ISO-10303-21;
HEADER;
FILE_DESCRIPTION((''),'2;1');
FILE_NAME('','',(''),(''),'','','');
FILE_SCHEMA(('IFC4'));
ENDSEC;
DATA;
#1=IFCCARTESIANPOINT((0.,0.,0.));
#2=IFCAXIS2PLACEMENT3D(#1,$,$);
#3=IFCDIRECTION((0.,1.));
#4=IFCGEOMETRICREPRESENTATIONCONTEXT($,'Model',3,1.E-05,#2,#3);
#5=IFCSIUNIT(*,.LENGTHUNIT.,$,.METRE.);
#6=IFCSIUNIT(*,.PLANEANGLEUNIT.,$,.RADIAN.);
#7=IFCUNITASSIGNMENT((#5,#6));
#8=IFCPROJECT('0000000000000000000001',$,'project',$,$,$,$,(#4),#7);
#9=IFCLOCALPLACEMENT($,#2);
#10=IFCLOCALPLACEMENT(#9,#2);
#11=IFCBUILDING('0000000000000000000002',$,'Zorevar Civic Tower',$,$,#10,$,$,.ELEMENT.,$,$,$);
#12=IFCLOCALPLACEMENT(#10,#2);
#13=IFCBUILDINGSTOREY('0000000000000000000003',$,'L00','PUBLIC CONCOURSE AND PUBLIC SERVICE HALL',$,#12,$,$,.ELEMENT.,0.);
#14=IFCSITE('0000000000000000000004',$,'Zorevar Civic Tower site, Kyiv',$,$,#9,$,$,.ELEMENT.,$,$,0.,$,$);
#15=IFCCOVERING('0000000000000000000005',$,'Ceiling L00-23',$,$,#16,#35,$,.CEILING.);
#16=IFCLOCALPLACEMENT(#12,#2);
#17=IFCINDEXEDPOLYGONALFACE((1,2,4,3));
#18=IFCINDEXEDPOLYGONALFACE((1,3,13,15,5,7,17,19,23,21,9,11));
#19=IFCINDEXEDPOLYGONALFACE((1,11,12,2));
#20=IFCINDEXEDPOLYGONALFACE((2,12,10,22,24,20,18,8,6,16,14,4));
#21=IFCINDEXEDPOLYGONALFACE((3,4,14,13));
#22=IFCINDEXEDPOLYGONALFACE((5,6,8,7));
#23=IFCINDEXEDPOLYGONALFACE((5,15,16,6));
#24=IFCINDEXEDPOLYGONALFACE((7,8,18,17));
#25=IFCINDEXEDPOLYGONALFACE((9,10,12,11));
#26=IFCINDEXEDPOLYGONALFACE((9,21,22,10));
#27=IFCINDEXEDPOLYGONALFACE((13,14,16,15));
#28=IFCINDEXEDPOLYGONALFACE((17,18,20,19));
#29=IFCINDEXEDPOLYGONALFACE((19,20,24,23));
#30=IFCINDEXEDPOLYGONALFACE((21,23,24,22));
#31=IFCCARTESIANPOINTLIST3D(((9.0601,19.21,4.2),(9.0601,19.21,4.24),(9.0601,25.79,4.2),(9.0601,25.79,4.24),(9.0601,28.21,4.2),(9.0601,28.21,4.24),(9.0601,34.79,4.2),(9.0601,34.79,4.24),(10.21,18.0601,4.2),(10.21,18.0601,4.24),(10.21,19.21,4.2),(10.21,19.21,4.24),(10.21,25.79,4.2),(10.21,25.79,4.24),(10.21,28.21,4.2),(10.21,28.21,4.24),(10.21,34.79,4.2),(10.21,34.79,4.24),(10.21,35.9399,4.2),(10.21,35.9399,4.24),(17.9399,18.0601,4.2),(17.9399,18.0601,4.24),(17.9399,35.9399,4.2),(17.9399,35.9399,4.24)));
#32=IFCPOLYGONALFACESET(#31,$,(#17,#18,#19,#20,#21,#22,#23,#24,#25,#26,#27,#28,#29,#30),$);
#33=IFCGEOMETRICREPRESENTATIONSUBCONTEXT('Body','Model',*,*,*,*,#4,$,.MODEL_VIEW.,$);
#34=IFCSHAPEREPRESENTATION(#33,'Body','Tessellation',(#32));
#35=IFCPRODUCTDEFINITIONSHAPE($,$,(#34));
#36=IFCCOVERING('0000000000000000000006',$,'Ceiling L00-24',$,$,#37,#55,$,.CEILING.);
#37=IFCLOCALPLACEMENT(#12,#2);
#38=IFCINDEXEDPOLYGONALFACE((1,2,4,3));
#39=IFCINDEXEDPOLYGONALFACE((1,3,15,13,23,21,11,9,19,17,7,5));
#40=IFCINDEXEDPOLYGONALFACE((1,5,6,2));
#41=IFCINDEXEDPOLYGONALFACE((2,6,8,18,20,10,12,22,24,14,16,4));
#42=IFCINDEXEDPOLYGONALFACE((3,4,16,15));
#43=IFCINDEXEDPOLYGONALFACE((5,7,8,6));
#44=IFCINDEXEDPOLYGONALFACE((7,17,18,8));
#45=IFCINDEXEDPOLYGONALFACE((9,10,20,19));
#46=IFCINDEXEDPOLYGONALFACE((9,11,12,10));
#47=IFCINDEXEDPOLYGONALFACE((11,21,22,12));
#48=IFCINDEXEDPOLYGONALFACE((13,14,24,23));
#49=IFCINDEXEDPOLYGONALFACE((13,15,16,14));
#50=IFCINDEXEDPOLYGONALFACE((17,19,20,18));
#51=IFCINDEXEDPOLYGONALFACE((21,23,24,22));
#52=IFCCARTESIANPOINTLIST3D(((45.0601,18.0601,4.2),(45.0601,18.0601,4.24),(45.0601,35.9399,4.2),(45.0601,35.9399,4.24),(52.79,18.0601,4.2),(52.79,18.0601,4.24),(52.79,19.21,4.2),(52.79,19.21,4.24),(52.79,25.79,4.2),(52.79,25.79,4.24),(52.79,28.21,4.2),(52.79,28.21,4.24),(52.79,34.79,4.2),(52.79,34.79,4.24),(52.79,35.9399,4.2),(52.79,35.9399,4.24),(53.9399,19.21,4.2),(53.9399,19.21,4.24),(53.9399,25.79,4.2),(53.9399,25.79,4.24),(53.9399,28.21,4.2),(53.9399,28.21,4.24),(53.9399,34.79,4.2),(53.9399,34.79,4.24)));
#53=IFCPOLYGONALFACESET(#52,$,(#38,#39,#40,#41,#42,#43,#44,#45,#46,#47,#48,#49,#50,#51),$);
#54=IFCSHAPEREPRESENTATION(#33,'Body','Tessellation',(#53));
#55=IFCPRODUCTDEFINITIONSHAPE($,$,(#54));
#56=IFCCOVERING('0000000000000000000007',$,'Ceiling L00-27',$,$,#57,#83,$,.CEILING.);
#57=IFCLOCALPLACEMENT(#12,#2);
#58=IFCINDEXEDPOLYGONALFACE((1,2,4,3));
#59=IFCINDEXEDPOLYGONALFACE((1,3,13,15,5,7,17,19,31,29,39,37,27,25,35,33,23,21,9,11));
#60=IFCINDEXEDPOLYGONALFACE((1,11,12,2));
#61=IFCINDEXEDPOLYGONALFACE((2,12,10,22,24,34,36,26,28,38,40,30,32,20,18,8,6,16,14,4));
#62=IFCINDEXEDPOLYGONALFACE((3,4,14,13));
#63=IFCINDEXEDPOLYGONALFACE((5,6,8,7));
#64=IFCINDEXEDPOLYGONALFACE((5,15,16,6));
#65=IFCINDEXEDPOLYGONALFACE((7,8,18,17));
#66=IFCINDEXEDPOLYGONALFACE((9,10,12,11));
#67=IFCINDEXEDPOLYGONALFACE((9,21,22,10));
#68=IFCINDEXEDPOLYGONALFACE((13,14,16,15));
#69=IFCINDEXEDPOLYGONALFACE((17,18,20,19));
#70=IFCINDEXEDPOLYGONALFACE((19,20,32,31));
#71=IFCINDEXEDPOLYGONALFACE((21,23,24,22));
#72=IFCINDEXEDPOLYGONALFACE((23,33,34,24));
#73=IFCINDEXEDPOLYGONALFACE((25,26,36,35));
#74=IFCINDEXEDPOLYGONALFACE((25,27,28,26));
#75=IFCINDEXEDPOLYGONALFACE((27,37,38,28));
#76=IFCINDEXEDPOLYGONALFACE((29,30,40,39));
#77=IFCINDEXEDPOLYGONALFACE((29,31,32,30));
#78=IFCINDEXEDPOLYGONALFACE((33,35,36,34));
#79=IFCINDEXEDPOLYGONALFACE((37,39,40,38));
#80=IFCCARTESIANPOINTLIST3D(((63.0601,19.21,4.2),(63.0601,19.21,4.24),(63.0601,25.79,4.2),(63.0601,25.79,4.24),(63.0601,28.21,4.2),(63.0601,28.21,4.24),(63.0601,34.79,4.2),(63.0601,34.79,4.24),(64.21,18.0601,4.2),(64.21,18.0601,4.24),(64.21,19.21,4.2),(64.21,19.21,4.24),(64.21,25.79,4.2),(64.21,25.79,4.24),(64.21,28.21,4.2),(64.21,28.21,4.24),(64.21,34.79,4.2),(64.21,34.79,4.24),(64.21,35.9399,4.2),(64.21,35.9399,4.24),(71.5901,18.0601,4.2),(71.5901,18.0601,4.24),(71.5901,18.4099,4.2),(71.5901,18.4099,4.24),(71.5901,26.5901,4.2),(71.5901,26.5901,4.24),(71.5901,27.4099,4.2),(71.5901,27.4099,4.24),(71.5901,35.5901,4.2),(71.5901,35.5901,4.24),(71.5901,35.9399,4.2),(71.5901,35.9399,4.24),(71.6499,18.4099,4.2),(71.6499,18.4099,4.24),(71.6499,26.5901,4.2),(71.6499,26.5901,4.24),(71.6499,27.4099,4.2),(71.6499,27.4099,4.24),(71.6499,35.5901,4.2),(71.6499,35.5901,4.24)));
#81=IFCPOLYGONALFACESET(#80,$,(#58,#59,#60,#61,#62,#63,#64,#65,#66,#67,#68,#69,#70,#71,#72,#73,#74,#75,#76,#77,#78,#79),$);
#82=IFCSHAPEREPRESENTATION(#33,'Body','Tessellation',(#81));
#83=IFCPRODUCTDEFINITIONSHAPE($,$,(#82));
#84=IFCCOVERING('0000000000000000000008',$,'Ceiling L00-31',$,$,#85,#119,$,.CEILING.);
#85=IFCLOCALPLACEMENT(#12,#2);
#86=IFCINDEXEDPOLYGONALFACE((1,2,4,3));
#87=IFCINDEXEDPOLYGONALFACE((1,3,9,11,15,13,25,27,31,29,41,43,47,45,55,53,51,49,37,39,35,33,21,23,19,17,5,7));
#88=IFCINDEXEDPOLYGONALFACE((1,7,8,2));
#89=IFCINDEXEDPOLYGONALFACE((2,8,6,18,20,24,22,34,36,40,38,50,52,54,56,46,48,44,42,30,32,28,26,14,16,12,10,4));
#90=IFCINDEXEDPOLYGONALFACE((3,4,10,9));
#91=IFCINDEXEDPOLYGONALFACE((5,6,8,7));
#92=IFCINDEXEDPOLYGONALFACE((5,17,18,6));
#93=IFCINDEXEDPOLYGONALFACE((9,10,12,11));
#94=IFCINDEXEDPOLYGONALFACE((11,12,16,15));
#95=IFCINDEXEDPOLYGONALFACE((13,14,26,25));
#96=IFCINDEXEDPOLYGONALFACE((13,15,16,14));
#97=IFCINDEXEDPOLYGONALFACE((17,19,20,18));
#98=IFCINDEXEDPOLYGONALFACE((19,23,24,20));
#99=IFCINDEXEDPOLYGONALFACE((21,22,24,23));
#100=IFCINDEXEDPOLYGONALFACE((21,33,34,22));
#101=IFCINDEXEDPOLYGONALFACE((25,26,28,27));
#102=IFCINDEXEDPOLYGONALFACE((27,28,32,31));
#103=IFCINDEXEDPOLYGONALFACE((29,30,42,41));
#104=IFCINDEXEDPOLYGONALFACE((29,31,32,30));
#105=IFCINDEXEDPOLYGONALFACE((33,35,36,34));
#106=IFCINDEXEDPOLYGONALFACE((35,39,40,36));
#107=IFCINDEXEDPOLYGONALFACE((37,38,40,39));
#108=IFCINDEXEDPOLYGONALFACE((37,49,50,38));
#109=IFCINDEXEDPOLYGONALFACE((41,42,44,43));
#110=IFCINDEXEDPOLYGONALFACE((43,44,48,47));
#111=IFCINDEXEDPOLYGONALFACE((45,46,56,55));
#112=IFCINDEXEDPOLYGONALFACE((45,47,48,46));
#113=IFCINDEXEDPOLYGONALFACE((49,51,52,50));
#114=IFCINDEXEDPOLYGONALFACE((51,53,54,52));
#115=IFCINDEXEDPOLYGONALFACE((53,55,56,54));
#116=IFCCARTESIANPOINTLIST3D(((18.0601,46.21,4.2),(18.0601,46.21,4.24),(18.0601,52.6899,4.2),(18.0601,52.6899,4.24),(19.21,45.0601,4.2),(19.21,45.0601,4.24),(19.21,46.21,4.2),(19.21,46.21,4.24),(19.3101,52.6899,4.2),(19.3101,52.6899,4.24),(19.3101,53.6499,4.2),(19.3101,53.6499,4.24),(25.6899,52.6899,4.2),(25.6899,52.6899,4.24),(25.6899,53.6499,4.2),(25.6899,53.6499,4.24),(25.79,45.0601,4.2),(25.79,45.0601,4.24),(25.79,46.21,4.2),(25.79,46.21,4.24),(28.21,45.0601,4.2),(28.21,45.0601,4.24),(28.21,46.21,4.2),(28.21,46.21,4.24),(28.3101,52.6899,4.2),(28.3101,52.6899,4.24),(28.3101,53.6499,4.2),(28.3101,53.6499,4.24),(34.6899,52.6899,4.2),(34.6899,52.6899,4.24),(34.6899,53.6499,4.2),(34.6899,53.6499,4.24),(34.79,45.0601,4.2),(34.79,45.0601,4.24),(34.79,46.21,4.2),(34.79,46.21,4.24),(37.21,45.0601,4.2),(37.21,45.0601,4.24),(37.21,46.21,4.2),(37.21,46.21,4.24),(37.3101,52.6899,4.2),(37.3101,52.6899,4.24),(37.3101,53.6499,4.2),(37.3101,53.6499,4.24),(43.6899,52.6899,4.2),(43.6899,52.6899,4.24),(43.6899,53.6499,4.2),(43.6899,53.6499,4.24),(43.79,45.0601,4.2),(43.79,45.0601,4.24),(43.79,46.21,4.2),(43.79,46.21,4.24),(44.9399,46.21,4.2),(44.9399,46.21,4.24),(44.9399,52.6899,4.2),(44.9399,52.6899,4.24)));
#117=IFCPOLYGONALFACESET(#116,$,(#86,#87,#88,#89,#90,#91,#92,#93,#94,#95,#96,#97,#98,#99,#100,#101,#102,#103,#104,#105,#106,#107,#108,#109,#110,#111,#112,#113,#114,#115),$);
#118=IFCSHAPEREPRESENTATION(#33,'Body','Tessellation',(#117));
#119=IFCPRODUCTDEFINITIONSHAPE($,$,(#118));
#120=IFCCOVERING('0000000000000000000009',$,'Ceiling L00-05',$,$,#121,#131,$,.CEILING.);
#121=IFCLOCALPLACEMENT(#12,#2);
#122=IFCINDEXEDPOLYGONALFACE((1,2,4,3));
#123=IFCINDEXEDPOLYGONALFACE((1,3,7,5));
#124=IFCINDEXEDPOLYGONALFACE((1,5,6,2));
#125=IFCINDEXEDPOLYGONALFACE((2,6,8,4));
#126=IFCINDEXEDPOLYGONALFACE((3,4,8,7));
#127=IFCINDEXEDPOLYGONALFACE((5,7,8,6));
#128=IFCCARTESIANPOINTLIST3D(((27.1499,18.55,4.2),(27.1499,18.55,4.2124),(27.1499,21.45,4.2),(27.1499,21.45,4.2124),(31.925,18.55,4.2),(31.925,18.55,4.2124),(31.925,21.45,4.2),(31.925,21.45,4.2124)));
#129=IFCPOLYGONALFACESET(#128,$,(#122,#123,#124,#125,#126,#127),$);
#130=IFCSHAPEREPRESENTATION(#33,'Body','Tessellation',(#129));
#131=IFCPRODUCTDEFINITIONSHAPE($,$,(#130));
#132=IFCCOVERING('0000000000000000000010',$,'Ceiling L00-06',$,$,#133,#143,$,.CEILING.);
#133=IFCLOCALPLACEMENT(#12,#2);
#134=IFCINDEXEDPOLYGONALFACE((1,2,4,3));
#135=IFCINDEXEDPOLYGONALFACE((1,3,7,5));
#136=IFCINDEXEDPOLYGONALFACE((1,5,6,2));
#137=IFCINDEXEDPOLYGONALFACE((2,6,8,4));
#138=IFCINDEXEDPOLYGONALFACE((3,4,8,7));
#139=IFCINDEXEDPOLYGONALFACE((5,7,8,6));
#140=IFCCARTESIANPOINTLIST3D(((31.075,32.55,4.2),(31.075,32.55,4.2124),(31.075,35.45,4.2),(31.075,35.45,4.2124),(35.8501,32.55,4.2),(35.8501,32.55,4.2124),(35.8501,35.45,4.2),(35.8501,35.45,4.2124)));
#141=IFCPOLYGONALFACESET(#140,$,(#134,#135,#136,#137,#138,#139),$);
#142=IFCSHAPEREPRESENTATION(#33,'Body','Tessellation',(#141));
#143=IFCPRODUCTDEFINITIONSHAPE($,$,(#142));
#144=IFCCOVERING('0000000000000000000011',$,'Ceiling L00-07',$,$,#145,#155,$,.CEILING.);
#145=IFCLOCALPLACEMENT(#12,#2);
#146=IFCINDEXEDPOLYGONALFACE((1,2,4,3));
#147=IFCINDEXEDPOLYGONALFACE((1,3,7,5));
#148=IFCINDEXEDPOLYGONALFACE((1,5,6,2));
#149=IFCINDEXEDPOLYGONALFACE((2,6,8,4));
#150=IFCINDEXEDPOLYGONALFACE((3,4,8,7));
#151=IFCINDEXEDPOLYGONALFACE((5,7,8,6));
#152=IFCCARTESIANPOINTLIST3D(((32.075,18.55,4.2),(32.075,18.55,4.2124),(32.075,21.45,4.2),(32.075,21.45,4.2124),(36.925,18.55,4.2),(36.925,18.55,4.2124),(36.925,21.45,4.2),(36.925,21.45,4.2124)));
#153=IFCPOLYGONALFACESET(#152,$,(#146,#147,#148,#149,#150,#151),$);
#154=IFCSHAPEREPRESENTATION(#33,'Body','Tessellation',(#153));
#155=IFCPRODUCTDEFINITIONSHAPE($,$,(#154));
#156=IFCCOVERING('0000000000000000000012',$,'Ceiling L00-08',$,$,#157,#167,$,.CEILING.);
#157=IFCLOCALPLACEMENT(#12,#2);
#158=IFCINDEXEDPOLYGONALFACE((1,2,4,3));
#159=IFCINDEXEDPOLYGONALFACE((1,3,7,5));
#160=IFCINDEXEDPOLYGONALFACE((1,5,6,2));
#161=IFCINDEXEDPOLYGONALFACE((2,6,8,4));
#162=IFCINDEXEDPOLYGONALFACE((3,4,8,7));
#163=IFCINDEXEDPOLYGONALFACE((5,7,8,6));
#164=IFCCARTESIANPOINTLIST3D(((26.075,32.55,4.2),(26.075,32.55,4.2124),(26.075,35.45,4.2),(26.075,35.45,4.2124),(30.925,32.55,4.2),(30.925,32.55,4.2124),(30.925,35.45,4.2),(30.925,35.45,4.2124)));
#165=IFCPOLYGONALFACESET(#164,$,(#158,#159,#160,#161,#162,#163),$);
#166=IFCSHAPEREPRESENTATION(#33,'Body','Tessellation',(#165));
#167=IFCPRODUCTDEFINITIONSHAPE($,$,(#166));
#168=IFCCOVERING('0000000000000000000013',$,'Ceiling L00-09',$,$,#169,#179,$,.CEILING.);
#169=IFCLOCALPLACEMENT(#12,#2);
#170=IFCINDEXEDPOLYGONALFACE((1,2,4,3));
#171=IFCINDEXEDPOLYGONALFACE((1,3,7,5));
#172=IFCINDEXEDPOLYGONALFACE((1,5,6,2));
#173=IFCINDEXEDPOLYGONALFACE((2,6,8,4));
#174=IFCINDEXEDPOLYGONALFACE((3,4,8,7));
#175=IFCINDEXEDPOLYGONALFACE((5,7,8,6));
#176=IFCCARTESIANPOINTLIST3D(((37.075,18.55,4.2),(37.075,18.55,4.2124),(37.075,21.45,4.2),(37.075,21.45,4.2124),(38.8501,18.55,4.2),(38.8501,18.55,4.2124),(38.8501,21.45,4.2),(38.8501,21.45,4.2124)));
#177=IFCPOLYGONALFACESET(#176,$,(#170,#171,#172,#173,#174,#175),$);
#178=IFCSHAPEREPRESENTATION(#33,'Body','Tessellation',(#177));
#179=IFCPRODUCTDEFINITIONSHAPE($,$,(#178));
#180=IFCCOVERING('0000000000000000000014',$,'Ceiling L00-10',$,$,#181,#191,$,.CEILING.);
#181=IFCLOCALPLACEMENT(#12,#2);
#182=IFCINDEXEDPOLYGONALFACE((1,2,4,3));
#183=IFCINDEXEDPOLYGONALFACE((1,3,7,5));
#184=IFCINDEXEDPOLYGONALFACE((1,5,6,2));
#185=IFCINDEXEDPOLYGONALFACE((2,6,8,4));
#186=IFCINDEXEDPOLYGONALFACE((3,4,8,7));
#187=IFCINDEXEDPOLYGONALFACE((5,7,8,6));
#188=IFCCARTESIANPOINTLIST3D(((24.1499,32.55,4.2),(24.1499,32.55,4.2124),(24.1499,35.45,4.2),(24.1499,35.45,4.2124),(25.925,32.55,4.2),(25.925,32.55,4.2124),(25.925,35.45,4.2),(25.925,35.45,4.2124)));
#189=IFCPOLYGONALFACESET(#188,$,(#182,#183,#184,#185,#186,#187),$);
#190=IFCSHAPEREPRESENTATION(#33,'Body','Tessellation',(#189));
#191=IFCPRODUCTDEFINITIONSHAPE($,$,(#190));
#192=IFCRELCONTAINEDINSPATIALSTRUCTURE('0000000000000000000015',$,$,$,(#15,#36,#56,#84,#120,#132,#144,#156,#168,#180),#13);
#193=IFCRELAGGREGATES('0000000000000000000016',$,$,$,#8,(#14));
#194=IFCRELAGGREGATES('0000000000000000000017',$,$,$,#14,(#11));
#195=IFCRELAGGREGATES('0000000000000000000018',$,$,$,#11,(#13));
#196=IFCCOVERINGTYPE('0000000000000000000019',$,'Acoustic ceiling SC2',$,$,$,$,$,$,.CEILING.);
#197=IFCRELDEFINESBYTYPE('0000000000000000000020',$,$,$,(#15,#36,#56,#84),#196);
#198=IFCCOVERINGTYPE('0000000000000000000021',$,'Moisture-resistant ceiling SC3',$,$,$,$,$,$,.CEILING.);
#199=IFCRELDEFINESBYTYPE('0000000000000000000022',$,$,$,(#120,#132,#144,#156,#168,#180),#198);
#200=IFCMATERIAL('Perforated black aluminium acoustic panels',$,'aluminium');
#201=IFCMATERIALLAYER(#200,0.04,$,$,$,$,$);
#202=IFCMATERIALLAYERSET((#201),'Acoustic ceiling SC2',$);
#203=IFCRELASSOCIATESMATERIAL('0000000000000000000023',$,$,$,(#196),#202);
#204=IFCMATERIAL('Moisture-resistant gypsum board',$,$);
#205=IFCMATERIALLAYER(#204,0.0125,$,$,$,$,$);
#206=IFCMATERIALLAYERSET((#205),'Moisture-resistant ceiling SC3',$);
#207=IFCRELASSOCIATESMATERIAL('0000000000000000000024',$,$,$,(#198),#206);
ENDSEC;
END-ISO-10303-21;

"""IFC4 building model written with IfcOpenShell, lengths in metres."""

from ifc_helpers import new_model, si_unit, direction, frame, origin, place, context, subcontext, project, spatial, polyline, outline, extrude, material, layer, layer_set, type_object, element, save


model = new_model("IFC4")

# Units and contexts
model_context = context("Model", 3, precision=1e-05, world=origin(), true_north=direction((0.0, 1.0)))
body_context = subcontext(model_context, "Body", "Model", "MODEL_VIEW")
ifc_project = project(units=[si_unit("LENGTHUNIT", "METRE"), si_unit("PLANEANGLEUNIT", "RADIAN")], contexts=[model_context])

# Site, building, storey
site_placement = place(None, origin())
site = spatial("IfcSite", under=ifc_project, at=site_placement, Name="Zorevar Civic Tower site, Kyiv", CompositionType="ELEMENT", RefElevation=0.0)
building_placement = place(site_placement, origin())
building = spatial("IfcBuilding", under=site, at=building_placement, Name="Zorevar Civic Tower", CompositionType="ELEMENT")
storey_placement = place(building_placement, origin())
storey = spatial("IfcBuildingStorey", under=building, at=storey_placement, Name="L00", Description="PUBLIC CONCOURSE AND PUBLIC SERVICE HALL", CompositionType="ELEMENT", Elevation=0.0)

# Coverings
ifc_material_1 = material(Name="Perforated black aluminium acoustic panels", Category="aluminium")
ifc_layer_1 = layer(ifc_material_1, 0.04)
ifc_layer_set_1 = layer_set([ifc_layer_1], Name="Acoustic ceiling SC2")
covering_type_1 = type_object("IfcCoveringType", Name="Acoustic ceiling SC2", PredefinedType="CEILING", material=ifc_layer_set_1)
covering_1_placement = place(storey_placement, frame((0.0, 0.0, 4.2)))
element("IfcCovering", 1, at=covering_1_placement, inside=storey, type_object=covering_type_1, Name="Ceiling L00-23", PredefinedType="CEILING", context=body_context, shape_type="SweptSolid", body=[
    extrude(outline(polyline([(17.9399, 35.9399), (17.9399, 18.0601), (10.21, 18.0601), (10.21, 19.21), (9.0601, 19.21), (9.0601, 25.79), (10.21, 25.79), (10.21, 28.21), (9.0601, 28.21), (9.0601, 34.79), (10.21, 34.79), (10.21, 35.9399), (17.9399, 35.9399)])), origin(), (0.0, 0.0, 1.0), 0.04),
])
covering_2_placement = place(storey_placement, frame((0.0, 0.0, 4.2)))
element("IfcCovering", 2, at=covering_2_placement, inside=storey, type_object=covering_type_1, Name="Ceiling L00-24", PredefinedType="CEILING", context=body_context, shape_type="SweptSolid", body=[
    extrude(outline(polyline([(52.79, 19.21), (52.79, 18.0601), (45.0601, 18.0601), (45.0601, 35.9399), (52.79, 35.9399), (52.79, 34.79), (53.9399, 34.79), (53.9399, 28.21), (52.79, 28.21), (52.79, 25.79), (53.9399, 25.79), (53.9399, 19.21), (52.79, 19.21)])), origin(), (0.0, 0.0, 1.0), 0.04),
])
covering_3_placement = place(storey_placement, frame((0.0, 0.0, 4.2)))
element("IfcCovering", 3, at=covering_3_placement, inside=storey, type_object=covering_type_1, Name="Ceiling L00-27", PredefinedType="CEILING", context=body_context, shape_type="SweptSolid", body=[
    extrude(outline(polyline([(71.6499, 27.4099), (71.5901, 27.4099), (71.5901, 26.5901), (71.6499, 26.5901), (71.6499, 18.4099), (71.5901, 18.4099), (71.5901, 18.0601), (64.21, 18.0601), (64.21, 19.21), (63.0601, 19.21), (63.0601, 25.79), (64.21, 25.79), (64.21, 28.21), (63.0601, 28.21), (63.0601, 34.79), (64.21, 34.79), (64.21, 35.9399), (71.5901, 35.9399), (71.5901, 35.5901), (71.6499, 35.5901), (71.6499, 27.4099)])), origin(), (0.0, 0.0, 1.0), 0.04),
])
covering_4_placement = place(storey_placement, frame((0.0, 0.0, 4.2)))
element("IfcCovering", 4, at=covering_4_placement, inside=storey, type_object=covering_type_1, Name="Ceiling L00-31", PredefinedType="CEILING", context=body_context, shape_type="SweptSolid", body=[
    extrude(outline(polyline([(44.9399, 46.21), (43.79, 46.21), (43.79, 45.0601), (37.21, 45.0601), (37.21, 46.21), (34.79, 46.21), (34.79, 45.0601), (28.21, 45.0601), (28.21, 46.21), (25.79, 46.21), (25.79, 45.0601), (19.21, 45.0601), (19.21, 46.21), (18.0601, 46.21), (18.0601, 52.6899), (19.3101, 52.6899), (19.3101, 53.6499), (25.6899, 53.6499), (25.6899, 52.6899), (28.3101, 52.6899), (28.3101, 53.6499), (34.6899, 53.6499), (34.6899, 52.6899), (37.3101, 52.6899), (37.3101, 53.6499), (43.6899, 53.6499), (43.6899, 52.6899), (44.9399, 52.6899), (44.9399, 46.21)])), origin(), (0.0, 0.0, 1.0), 0.04),
])
ifc_material_2 = material(Name="Moisture-resistant gypsum board")
ifc_layer_2 = layer(ifc_material_2, 0.0125)
ifc_layer_set_2 = layer_set([ifc_layer_2], Name="Moisture-resistant ceiling SC3")
covering_type_2 = type_object("IfcCoveringType", Name="Moisture-resistant ceiling SC3", PredefinedType="CEILING", material=ifc_layer_set_2)
covering_5_placement = place(storey_placement, frame((0.0, 0.0, 4.2)))
element("IfcCovering", 5, at=covering_5_placement, inside=storey, type_object=covering_type_2, Name="Ceiling L00-05", PredefinedType="CEILING", context=body_context, shape_type="SweptSolid", body=[
    extrude(outline(polyline([(31.925, 18.55), (31.925, 21.45), (27.1499, 21.45), (27.1499, 18.55), (31.925, 18.55)])), origin(), (0.0, 0.0, 1.0), 0.0125),
])
covering_6_placement = place(storey_placement, frame((0.0, 0.0, 4.2)))
element("IfcCovering", 6, at=covering_6_placement, inside=storey, type_object=covering_type_2, Name="Ceiling L00-06", PredefinedType="CEILING", context=body_context, shape_type="SweptSolid", body=[
    extrude(outline(polyline([(35.8501, 32.55), (35.8501, 35.45), (31.075, 35.45), (31.075, 32.55), (35.8501, 32.55)])), origin(), (0.0, 0.0, 1.0), 0.0125),
])
covering_7_placement = place(storey_placement, frame((0.0, 0.0, 4.2)))
element("IfcCovering", 7, at=covering_7_placement, inside=storey, type_object=covering_type_2, Name="Ceiling L00-07", PredefinedType="CEILING", context=body_context, shape_type="SweptSolid", body=[
    extrude(outline(polyline([(36.925, 18.55), (36.925, 21.45), (32.075, 21.45), (32.075, 18.55), (36.925, 18.55)])), origin(), (0.0, 0.0, 1.0), 0.0125),
])
covering_8_placement = place(storey_placement, frame((0.0, 0.0, 4.2)))
element("IfcCovering", 8, at=covering_8_placement, inside=storey, type_object=covering_type_2, Name="Ceiling L00-08", PredefinedType="CEILING", context=body_context, shape_type="SweptSolid", body=[
    extrude(outline(polyline([(30.925, 32.55), (30.925, 35.45), (26.075, 35.45), (26.075, 32.55), (30.925, 32.55)])), origin(), (0.0, 0.0, 1.0), 0.0125),
])
covering_9_placement = place(storey_placement, frame((0.0, 0.0, 4.2)))
element("IfcCovering", 9, at=covering_9_placement, inside=storey, type_object=covering_type_2, Name="Ceiling L00-09", PredefinedType="CEILING", context=body_context, shape_type="SweptSolid", body=[
    extrude(outline(polyline([(38.8501, 18.55), (38.8501, 21.45), (37.075, 21.45), (37.075, 18.55), (38.8501, 18.55)])), origin(), (0.0, 0.0, 1.0), 0.0125),
])
covering_10_placement = place(storey_placement, frame((0.0, 0.0, 4.2)))
element("IfcCovering", 10, at=covering_10_placement, inside=storey, type_object=covering_type_2, Name="Ceiling L00-10", PredefinedType="CEILING", context=body_context, shape_type="SweptSolid", body=[
    extrude(outline(polyline([(25.925, 32.55), (25.925, 35.45), (24.1499, 35.45), (24.1499, 32.55), (25.925, 32.55)])), origin(), (0.0, 0.0, 1.0), 0.0125),
])

save(model, "model.ifc")
